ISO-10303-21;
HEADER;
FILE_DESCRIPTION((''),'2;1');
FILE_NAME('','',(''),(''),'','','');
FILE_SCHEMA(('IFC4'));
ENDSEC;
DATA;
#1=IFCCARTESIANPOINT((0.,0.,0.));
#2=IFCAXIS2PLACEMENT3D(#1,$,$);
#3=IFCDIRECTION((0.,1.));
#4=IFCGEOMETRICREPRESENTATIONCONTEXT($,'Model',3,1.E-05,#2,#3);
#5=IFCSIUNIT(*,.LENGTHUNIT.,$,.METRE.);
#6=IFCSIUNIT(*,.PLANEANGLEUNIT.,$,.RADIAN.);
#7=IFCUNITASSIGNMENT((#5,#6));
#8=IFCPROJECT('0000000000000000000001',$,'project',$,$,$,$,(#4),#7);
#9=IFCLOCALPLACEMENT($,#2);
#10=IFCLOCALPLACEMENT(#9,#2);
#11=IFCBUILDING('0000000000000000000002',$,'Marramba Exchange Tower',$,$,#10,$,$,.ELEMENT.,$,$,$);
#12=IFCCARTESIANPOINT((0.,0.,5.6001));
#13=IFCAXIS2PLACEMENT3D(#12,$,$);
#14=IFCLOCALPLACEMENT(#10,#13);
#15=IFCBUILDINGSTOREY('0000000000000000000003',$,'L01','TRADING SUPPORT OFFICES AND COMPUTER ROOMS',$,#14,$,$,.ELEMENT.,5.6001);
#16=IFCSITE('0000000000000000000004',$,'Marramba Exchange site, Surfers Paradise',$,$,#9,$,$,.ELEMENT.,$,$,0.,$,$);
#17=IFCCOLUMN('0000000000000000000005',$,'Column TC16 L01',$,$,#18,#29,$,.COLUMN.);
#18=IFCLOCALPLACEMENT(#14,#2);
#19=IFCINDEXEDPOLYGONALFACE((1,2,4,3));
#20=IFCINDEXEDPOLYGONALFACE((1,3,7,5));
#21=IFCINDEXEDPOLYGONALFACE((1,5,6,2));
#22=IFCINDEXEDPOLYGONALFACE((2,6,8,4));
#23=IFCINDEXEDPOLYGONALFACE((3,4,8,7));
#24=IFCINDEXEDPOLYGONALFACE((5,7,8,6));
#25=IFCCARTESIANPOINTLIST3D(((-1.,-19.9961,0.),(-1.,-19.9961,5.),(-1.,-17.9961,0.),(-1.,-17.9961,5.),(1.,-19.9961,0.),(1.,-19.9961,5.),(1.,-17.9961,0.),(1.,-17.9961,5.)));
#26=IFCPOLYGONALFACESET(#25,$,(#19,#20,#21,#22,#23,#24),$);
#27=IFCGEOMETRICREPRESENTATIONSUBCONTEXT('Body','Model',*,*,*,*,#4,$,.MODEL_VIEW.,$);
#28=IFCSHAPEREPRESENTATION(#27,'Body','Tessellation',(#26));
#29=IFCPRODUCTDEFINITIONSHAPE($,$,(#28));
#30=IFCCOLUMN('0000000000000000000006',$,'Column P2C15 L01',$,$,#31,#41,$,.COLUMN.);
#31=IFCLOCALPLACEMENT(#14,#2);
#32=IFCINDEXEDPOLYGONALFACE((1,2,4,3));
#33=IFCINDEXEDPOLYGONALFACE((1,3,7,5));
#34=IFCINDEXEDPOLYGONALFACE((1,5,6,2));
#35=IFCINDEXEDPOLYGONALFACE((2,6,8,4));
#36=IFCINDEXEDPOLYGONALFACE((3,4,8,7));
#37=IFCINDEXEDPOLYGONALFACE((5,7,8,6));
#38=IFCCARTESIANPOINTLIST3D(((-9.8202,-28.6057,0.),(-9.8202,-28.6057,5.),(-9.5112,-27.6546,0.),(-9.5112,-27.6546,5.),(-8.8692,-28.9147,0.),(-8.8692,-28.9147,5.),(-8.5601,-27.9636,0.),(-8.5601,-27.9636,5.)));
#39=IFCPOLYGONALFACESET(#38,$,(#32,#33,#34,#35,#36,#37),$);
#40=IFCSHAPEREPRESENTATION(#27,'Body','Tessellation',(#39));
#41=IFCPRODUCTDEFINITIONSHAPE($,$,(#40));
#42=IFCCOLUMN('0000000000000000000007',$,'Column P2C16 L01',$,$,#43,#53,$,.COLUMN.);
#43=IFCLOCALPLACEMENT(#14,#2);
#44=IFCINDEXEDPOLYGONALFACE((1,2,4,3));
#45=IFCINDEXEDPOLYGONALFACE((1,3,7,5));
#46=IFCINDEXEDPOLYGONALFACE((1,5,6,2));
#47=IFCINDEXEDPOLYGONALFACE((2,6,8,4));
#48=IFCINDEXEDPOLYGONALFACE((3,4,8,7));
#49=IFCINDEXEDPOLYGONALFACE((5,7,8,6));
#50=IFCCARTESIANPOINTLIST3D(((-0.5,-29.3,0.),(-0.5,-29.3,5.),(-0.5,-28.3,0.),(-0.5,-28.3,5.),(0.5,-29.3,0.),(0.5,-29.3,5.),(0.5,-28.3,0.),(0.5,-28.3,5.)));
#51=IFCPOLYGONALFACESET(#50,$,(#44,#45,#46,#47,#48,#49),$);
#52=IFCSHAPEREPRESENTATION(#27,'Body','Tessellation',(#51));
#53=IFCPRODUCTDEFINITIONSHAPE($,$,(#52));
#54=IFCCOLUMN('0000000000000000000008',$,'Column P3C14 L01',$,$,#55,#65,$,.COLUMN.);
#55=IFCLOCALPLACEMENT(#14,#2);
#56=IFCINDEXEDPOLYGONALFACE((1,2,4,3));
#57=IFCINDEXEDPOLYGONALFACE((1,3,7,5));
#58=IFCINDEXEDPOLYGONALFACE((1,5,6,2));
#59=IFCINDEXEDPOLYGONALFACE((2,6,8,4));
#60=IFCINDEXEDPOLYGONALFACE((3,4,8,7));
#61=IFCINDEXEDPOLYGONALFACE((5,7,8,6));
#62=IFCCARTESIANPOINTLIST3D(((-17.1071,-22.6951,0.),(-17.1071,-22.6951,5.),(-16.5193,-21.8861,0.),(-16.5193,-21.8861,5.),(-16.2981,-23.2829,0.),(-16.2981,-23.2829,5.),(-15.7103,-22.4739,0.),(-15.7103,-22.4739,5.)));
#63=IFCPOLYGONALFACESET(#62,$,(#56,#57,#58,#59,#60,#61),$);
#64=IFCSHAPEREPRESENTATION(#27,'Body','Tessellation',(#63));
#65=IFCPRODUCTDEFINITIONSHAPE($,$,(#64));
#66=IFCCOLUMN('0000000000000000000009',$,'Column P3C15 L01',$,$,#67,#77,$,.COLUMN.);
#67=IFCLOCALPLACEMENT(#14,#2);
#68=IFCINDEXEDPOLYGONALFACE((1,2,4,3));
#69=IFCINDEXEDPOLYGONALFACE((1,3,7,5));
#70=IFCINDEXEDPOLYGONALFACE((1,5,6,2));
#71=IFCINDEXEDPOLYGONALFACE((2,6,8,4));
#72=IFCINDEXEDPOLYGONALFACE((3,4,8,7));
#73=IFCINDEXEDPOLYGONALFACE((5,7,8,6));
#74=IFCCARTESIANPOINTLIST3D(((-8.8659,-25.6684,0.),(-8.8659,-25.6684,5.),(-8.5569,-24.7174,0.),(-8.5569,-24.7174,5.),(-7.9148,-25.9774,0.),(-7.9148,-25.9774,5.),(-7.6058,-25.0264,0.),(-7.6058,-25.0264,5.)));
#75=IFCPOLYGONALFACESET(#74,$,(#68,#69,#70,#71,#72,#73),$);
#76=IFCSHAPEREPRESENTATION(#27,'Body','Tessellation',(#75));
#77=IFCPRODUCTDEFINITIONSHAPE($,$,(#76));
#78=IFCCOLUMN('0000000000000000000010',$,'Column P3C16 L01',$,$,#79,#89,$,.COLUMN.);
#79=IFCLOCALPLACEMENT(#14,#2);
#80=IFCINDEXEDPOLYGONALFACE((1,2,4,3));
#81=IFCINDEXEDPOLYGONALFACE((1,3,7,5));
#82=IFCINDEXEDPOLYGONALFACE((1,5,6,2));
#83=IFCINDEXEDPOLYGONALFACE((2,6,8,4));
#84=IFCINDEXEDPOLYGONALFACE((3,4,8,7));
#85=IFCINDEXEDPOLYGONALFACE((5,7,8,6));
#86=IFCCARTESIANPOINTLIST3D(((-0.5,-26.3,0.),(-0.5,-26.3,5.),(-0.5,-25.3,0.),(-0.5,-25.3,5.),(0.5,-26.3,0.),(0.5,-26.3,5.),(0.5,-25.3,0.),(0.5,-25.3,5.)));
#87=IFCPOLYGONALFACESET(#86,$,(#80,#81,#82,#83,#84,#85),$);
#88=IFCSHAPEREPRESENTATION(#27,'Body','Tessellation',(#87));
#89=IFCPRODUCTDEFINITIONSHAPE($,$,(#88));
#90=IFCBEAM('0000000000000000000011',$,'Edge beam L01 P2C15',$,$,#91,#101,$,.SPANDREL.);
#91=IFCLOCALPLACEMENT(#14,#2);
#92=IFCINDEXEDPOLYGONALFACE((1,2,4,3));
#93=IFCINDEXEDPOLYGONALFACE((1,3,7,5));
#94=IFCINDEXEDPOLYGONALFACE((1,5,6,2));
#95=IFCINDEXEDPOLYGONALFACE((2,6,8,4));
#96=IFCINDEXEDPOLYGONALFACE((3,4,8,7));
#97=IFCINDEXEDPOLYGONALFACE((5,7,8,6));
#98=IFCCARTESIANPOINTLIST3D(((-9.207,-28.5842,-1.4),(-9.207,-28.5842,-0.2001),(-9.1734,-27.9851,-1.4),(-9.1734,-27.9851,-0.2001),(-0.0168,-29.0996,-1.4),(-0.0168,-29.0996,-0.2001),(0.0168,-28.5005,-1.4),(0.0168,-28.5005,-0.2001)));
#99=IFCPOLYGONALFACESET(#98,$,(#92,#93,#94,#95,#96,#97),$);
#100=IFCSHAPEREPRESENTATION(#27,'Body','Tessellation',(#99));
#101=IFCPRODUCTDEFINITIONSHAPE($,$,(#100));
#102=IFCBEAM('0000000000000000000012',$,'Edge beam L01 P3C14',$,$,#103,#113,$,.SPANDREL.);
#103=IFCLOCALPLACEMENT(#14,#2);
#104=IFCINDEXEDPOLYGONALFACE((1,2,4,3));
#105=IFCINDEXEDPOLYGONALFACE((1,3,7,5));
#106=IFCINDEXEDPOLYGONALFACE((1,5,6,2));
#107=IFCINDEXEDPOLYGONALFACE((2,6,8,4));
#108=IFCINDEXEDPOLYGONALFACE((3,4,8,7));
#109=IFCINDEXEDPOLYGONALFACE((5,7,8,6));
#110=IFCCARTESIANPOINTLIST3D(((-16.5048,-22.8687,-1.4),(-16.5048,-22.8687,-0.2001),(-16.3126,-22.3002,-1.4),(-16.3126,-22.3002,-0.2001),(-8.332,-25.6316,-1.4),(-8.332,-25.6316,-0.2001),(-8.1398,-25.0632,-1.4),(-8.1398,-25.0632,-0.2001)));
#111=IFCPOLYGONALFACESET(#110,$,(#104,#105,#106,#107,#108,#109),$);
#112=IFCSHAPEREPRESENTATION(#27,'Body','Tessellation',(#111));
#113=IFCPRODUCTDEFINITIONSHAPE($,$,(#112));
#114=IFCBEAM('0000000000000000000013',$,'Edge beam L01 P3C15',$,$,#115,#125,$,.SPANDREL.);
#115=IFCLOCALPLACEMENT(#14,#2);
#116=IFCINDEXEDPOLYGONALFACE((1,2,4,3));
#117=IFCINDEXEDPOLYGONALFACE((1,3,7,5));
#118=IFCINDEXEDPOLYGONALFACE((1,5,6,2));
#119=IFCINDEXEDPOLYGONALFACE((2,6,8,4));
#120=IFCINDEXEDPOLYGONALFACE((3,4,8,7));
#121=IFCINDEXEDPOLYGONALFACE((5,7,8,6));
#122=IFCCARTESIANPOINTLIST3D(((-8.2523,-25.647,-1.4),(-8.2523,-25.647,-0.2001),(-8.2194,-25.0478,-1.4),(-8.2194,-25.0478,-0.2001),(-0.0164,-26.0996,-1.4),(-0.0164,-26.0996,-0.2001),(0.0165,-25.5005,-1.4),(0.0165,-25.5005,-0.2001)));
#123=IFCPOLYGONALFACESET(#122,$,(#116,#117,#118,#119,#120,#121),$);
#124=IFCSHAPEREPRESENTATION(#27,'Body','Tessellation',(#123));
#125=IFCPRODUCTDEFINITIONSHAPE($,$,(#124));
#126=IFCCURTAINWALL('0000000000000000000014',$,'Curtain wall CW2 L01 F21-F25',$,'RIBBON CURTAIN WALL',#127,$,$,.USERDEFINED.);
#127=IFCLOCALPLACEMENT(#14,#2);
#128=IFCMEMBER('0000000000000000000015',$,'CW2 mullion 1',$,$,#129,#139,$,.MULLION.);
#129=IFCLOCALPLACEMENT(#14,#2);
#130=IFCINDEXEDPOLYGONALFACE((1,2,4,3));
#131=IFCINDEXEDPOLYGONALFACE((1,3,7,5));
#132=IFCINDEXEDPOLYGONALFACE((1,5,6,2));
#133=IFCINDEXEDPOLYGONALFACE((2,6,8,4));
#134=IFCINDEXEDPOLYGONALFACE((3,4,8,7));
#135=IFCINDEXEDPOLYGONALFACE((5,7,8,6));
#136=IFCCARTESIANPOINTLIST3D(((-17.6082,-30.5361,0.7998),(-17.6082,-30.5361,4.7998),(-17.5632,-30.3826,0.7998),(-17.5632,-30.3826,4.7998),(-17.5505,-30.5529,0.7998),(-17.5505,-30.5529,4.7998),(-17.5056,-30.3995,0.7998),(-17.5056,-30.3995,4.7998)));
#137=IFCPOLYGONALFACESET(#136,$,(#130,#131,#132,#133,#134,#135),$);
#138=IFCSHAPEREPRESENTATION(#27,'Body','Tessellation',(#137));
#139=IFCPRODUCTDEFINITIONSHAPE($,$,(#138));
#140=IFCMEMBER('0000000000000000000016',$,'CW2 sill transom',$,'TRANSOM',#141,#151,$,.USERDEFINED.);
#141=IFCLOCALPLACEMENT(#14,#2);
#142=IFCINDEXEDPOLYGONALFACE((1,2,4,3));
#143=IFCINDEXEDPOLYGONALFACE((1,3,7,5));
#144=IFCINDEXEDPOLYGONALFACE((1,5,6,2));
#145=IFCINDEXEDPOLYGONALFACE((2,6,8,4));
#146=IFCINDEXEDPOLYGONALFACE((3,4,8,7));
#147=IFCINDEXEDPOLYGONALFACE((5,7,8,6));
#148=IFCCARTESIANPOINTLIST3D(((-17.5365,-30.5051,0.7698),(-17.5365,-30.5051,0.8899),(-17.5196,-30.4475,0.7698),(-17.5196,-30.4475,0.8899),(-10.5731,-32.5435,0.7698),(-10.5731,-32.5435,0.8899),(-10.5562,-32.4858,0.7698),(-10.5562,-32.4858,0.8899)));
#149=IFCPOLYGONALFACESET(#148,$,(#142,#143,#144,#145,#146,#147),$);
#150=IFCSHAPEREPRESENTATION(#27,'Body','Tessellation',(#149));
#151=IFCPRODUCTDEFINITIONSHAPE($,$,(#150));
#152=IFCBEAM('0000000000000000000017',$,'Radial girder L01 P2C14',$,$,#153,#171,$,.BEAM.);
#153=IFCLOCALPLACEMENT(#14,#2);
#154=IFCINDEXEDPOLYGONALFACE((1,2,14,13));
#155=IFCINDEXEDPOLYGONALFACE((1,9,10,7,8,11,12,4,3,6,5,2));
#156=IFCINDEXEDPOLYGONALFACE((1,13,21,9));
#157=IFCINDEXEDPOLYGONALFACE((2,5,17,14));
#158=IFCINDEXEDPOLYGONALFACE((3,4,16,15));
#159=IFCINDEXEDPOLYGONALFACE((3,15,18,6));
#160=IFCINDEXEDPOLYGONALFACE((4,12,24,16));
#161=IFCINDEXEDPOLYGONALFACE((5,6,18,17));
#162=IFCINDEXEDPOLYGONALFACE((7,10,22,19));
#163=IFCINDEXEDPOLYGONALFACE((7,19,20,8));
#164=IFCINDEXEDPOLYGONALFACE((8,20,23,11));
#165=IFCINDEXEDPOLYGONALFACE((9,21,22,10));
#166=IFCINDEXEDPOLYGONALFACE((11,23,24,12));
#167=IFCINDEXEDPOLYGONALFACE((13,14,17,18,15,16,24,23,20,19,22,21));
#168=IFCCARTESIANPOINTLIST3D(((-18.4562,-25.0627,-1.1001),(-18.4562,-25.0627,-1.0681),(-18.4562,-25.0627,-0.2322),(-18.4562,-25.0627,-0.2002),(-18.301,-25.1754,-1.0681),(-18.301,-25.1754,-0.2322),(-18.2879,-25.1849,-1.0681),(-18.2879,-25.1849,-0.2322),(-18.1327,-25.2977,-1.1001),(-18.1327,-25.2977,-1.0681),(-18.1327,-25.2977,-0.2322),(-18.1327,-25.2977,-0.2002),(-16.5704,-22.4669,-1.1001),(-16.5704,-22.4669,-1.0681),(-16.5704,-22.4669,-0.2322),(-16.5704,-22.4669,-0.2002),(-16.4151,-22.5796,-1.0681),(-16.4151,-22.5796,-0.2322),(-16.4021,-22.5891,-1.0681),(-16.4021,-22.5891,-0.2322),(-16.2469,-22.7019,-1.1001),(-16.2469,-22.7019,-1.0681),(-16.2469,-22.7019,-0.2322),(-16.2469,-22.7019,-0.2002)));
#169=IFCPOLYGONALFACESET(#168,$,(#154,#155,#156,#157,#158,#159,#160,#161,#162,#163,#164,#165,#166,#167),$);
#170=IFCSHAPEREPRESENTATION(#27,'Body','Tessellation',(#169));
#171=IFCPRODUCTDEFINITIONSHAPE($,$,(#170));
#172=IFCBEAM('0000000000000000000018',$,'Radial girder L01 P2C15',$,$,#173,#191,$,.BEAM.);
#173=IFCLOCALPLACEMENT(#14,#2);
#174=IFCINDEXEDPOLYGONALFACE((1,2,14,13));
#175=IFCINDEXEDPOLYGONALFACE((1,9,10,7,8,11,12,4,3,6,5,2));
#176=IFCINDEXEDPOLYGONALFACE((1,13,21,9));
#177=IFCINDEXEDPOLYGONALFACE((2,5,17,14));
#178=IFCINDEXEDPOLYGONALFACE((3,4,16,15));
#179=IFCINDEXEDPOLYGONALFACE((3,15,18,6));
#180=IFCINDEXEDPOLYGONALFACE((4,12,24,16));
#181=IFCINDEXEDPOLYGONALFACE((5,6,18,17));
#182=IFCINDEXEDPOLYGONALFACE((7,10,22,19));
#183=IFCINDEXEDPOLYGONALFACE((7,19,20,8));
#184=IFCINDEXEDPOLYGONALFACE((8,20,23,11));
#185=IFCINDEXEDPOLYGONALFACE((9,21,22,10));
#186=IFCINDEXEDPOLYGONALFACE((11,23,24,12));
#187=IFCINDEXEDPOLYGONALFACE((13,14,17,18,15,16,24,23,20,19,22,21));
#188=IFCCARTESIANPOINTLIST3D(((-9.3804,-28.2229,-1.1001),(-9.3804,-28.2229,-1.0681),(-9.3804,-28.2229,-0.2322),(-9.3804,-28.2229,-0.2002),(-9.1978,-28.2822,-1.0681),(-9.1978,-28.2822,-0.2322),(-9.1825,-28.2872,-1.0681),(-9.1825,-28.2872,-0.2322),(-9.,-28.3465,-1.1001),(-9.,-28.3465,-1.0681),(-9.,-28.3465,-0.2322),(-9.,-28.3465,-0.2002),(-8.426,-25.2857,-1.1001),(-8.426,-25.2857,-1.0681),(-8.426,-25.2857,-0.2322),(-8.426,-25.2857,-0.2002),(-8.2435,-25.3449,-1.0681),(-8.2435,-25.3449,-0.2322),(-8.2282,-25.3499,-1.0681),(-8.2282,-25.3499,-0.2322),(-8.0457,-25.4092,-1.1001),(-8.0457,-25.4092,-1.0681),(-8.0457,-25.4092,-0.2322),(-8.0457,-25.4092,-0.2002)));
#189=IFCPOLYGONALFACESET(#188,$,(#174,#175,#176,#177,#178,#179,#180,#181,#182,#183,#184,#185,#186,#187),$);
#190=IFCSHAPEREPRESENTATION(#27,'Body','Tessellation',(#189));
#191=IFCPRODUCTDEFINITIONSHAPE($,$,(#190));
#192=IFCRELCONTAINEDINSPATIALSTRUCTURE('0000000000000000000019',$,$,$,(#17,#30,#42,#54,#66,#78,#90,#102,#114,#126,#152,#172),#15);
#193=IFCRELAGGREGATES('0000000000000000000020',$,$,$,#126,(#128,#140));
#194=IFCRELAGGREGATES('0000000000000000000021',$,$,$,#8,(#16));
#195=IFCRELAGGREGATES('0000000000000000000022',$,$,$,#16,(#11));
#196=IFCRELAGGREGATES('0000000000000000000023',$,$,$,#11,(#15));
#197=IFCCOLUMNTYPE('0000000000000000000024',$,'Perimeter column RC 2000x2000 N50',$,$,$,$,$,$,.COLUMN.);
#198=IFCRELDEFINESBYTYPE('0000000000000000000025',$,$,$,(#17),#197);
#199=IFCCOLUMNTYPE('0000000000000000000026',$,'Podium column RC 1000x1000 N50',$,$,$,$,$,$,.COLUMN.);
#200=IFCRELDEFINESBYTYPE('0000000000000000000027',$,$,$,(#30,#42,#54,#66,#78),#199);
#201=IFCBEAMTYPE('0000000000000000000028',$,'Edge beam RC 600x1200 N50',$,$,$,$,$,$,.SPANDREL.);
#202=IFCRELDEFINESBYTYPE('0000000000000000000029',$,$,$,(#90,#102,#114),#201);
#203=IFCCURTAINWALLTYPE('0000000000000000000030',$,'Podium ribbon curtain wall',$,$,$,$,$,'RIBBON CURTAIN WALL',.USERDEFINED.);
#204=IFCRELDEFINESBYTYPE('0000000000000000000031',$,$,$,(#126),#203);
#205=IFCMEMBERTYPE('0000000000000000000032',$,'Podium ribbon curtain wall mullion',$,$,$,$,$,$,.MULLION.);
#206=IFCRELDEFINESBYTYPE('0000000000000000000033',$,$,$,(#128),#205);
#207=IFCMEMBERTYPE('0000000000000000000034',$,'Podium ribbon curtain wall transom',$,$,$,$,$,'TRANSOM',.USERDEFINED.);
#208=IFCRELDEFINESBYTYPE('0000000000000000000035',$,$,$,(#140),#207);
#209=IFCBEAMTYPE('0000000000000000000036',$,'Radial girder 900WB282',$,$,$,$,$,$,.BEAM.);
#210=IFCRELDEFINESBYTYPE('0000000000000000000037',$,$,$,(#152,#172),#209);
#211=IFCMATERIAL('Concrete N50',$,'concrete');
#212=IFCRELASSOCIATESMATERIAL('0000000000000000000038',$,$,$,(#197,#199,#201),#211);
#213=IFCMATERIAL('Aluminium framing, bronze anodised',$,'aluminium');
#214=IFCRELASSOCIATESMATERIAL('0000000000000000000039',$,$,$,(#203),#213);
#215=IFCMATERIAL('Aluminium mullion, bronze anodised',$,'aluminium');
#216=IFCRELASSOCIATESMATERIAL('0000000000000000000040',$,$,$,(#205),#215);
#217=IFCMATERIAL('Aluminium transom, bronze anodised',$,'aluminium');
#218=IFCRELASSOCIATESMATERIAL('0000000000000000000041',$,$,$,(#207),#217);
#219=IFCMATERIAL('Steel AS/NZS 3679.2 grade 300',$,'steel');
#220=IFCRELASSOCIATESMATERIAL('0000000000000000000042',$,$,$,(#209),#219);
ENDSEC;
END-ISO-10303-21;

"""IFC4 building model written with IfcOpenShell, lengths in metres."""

from ifc_helpers import new_model, si_unit, direction, frame, origin, origin_2d, place, context, subcontext, project, spatial, rectangle, i_section, extrude, material, material_profile, profile_set, type_object, element, aggregate, save


model = new_model("IFC4")

# Units and contexts
model_context = context("Model", 3, precision=1e-05, world=origin(), true_north=direction((0.0, 1.0)))
body_context = subcontext(model_context, "Body", "Model", "MODEL_VIEW")
ifc_project = project(units=[si_unit("LENGTHUNIT", "METRE"), si_unit("PLANEANGLEUNIT", "RADIAN")], contexts=[model_context])

# Site, building, storey
site_placement = place(None, origin())
site = spatial("IfcSite", under=ifc_project, at=site_placement, Name="Marramba Exchange site, Surfers Paradise", CompositionType="ELEMENT", RefElevation=0.0)
building_placement = place(site_placement, origin())
building = spatial("IfcBuilding", under=site, at=building_placement, Name="Marramba Exchange Tower", CompositionType="ELEMENT")
storey_placement = place(building_placement, frame((0.0, 0.0, 5.6001)))
storey = spatial("IfcBuildingStorey", under=building, at=storey_placement, Name="L01", Description="TRADING SUPPORT OFFICES AND COMPUTER ROOMS", CompositionType="ELEMENT", Elevation=5.6001)

# Columns
ifc_material_1 = material(Name="Concrete N50", Category="concrete")
ifc_material_profile_1 = material_profile(ifc_material_1, rectangle(XDim=2.0, YDim=2.0, at=origin_2d()), Name="RC 2000x2000")
ifc_profile_set_1 = profile_set([ifc_material_profile_1], Name="Concrete N50")
column_type_1 = type_object("IfcColumnType", Name="Perimeter column RC 2000x2000 N50", PredefinedType="COLUMN", material=ifc_profile_set_1)
column_placement = place(storey_placement, frame((0.0, -18.9961, 0.0), z_axis=(0.0, 0.0, 1.0), x_axis=(0.0, -1.0, 0.0)))
element("IfcColumn", 1, at=column_placement, inside=storey, type_object=column_type_1, Name="Column TC16 L01", PredefinedType="COLUMN", context=body_context, shape_type="SweptSolid", body=[
    extrude(rectangle(XDim=2.0, YDim=2.0, at=origin_2d()), origin(), (0.0, 0.0, 1.0), 5.0),
])
ifc_material_profile_2 = material_profile(ifc_material_1, rectangle(XDim=1.0, YDim=1.0, at=origin_2d()), Name="RC 1000x1000")
ifc_profile_set_2 = profile_set([ifc_material_profile_2], Name="Concrete N50")
column_type_2 = type_object("IfcColumnType", Name="Podium column RC 1000x1000 N50", PredefinedType="COLUMN", material=ifc_profile_set_2)
for number, where, z_axis, x_axis, name in (
    (2, (-9.1902, -28.2847, 0.0), (0.0, 0.0, 1.0), (-0.309017, -0.951057, 0.0), "Column P2C15 L01"),
    (3, (0.0, -28.8, 0.0), (0.0, 0.0, 1.0), (0.0, -1.0, 0.0), "Column P2C16 L01"),
    (4, (-16.4087, -22.5845, 0.0), (0.0, 0.0, 1.0), (-0.587785, -0.809017, 0.0), "Column P3C14 L01"),
    (5, (-8.2358, -25.3474, 0.0), (0.0, 0.0, 1.0), (-0.309017, -0.951057, 0.0), "Column P3C15 L01"),
    (6, (0.0, -25.8, 0.0), (0.0, 0.0, 1.0), (0.0, -1.0, 0.0), "Column P3C16 L01"),
):
    element("IfcColumn", number, at=place(storey_placement, frame(where, z_axis=z_axis, x_axis=x_axis)), inside=storey, type_object=column_type_2, Name=name, PredefinedType="COLUMN", context=body_context, shape_type="SweptSolid", body=[
        extrude(rectangle(XDim=1.0, YDim=1.0, at=origin_2d()), origin(), (0.0, 0.0, 1.0), 5.0),
    ])

# Beams
ifc_material_profile_3 = material_profile(ifc_material_1, rectangle(XDim=0.6001, YDim=1.2, at=origin_2d()), Name="RC 600x1200")
ifc_profile_set_3 = profile_set([ifc_material_profile_3], Name="Concrete N50")
beam_type_1 = type_object("IfcBeamType", Name="Edge beam RC 600x1200 N50", PredefinedType="SPANDREL", material=ifc_profile_set_3)
beam_1_placement = place(storey_placement, frame((-9.1902, -28.2847, -0.8), z_axis=(0.998431, -0.055992, 0.0), x_axis=(0.055992, 0.998431, 0.0)))
element("IfcBeam", 7, at=beam_1_placement, inside=storey, type_object=beam_type_1, Name="Edge beam L01 P2C15", PredefinedType="SPANDREL", context=body_context, shape_type="SweptSolid", body=[
    extrude(rectangle(XDim=0.6001, YDim=1.2, at=origin_2d()), origin(), (0.0, 0.0, 1.0), 9.2046),
])
beam_2_placement = place(storey_placement, frame((-16.4087, -22.5845, -0.8), z_axis=(0.947331, -0.320257, 0.0), x_axis=(0.320257, 0.947331, 0.0)))
element("IfcBeam", 8, at=beam_2_placement, inside=storey, type_object=beam_type_1, Name="Edge beam L01 P3C14", PredefinedType="SPANDREL", context=body_context, shape_type="SweptSolid", body=[
    extrude(rectangle(XDim=0.6001, YDim=1.2, at=origin_2d()), origin(), (0.0, 0.0, 1.0), 8.6272),
])
beam_3_placement = place(storey_placement, frame((-8.2358, -25.3474, -0.8), z_axis=(0.998493, -0.054877, 0.0), x_axis=(0.054877, 0.998493, 0.0)))
element("IfcBeam", 9, at=beam_3_placement, inside=storey, type_object=beam_type_1, Name="Edge beam L01 P3C15", PredefinedType="SPANDREL", context=body_context, shape_type="SweptSolid", body=[
    extrude(rectangle(XDim=0.6001, YDim=1.2, at=origin_2d()), origin(), (0.0, 0.0, 1.0), 8.2483),
])

# Curtain wall, members
ifc_material_2 = material(Name="Aluminium framing, bronze anodised", Category="aluminium")
curtain_wall_type = type_object("IfcCurtainWallType", Name="Podium ribbon curtain wall", ElementType="RIBBON CURTAIN WALL", PredefinedType="USERDEFINED", material=ifc_material_2)
curtain_wall_placement = place(storey_placement, origin())
curtain_wall = element("IfcCurtainWall", 10, at=curtain_wall_placement, inside=storey, type_object=curtain_wall_type, Name="Curtain wall CW2 L01 F21-F25", ObjectType="RIBBON CURTAIN WALL", PredefinedType="USERDEFINED")
ifc_material_3 = material(Name="Aluminium mullion, bronze anodised", Category="aluminium")
ifc_material_profile_4 = material_profile(ifc_material_3, rectangle(XDim=0.1599, YDim=0.0601, at=origin_2d()), Name="CW2 mullion 60x160")
ifc_profile_set_4 = profile_set([ifc_material_profile_4], Name="Aluminium mullion, bronze anodised")
member_type_1 = type_object("IfcMemberType", Name="Podium ribbon curtain wall mullion", PredefinedType="MULLION", material=ifc_profile_set_4)
member_1_placement = place(storey_placement, frame((-17.5569, -30.4678, 0.7998), z_axis=(0.0, 0.0, 1.0), x_axis=(0.28094, 0.959725, 0.0)))
member_1 = element("IfcMember", 11, at=member_1_placement, type_object=member_type_1, Name="CW2 mullion 1", PredefinedType="MULLION", context=body_context, shape_type="SweptSolid", body=[
    extrude(rectangle(XDim=0.1599, YDim=0.0601, at=origin_2d()), origin(), (0.0, 0.0, 1.0), 4.0),
])
ifc_material_4 = material(Name="Aluminium transom, bronze anodised", Category="aluminium")
ifc_material_profile_5 = material_profile(ifc_material_4, rectangle(XDim=0.0601, YDim=0.1201, at=origin_2d()), Name="CW2 transom 60x120")
ifc_profile_set_5 = profile_set([ifc_material_profile_5], Name="Aluminium transom, bronze anodised")
member_type_2 = type_object("IfcMemberType", Name="Podium ribbon curtain wall transom", ElementType="TRANSOM", PredefinedType="USERDEFINED", material=ifc_profile_set_5)
member_2_placement = place(storey_placement, frame((-17.5281, -30.4763, 0.8298), z_axis=(0.959727, -0.280933, 0.0), x_axis=(0.280933, 0.959727, 0.0)))
member_2 = element("IfcMember", 12, at=member_2_placement, type_object=member_type_2, Name="CW2 sill transom", ObjectType="TRANSOM", PredefinedType="USERDEFINED", context=body_context, shape_type="SweptSolid", body=[
    extrude(rectangle(XDim=0.0601, YDim=0.1201, at=origin_2d()), origin(), (0.0, 0.0, 1.0), 7.2556),
])

# Beams
ifc_material_5 = material(Name="Steel AS/NZS 3679.2 grade 300", Category="steel")
ifc_material_profile_6 = material_profile(ifc_material_5, i_section(OverallWidth=0.3999, OverallDepth=0.8999, WebThickness=0.0161, FlangeThickness=0.032, at=origin_2d()), Name="900WB282")
ifc_profile_set_6 = profile_set([ifc_material_profile_6], Name="Steel AS/NZS 3679.2 grade 300")
beam_type_2 = type_object("IfcBeamType", Name="Radial girder 900WB282", PredefinedType="BEAM", material=ifc_profile_set_6)
beam_4_placement = place(storey_placement, frame((-18.2944, -25.1802, -0.6501), z_axis=(0.587755, 0.809039, 0.0), x_axis=(-0.809039, 0.587755, 0.0)))
element("IfcBeam", 13, at=beam_4_placement, inside=storey, type_object=beam_type_2, Name="Radial girder L01 P2C14", PredefinedType="BEAM", context=body_context, shape_type="SweptSolid", body=[
    extrude(i_section(OverallWidth=0.3999, OverallDepth=0.8999, WebThickness=0.0161, FlangeThickness=0.032, at=origin_2d()), origin(), (0.0, 0.0, 1.0), 3.2085),
])
beam_5_placement = place(storey_placement, frame((-9.1902, -28.2847, -0.6501), z_axis=(0.309009, 0.951059, 0.0), x_axis=(-0.951059, 0.309009, 0.0)))
element("IfcBeam", 14, at=beam_5_placement, inside=storey, type_object=beam_type_2, Name="Radial girder L01 P2C15", PredefinedType="BEAM", context=body_context, shape_type="SweptSolid", body=[
    extrude(i_section(OverallWidth=0.3999, OverallDepth=0.8999, WebThickness=0.0161, FlangeThickness=0.032, at=origin_2d()), origin(), (0.0, 0.0, 1.0), 3.0884),
])

aggregate(curtain_wall, [member_1, member_2])

save(model, "model.ifc")
